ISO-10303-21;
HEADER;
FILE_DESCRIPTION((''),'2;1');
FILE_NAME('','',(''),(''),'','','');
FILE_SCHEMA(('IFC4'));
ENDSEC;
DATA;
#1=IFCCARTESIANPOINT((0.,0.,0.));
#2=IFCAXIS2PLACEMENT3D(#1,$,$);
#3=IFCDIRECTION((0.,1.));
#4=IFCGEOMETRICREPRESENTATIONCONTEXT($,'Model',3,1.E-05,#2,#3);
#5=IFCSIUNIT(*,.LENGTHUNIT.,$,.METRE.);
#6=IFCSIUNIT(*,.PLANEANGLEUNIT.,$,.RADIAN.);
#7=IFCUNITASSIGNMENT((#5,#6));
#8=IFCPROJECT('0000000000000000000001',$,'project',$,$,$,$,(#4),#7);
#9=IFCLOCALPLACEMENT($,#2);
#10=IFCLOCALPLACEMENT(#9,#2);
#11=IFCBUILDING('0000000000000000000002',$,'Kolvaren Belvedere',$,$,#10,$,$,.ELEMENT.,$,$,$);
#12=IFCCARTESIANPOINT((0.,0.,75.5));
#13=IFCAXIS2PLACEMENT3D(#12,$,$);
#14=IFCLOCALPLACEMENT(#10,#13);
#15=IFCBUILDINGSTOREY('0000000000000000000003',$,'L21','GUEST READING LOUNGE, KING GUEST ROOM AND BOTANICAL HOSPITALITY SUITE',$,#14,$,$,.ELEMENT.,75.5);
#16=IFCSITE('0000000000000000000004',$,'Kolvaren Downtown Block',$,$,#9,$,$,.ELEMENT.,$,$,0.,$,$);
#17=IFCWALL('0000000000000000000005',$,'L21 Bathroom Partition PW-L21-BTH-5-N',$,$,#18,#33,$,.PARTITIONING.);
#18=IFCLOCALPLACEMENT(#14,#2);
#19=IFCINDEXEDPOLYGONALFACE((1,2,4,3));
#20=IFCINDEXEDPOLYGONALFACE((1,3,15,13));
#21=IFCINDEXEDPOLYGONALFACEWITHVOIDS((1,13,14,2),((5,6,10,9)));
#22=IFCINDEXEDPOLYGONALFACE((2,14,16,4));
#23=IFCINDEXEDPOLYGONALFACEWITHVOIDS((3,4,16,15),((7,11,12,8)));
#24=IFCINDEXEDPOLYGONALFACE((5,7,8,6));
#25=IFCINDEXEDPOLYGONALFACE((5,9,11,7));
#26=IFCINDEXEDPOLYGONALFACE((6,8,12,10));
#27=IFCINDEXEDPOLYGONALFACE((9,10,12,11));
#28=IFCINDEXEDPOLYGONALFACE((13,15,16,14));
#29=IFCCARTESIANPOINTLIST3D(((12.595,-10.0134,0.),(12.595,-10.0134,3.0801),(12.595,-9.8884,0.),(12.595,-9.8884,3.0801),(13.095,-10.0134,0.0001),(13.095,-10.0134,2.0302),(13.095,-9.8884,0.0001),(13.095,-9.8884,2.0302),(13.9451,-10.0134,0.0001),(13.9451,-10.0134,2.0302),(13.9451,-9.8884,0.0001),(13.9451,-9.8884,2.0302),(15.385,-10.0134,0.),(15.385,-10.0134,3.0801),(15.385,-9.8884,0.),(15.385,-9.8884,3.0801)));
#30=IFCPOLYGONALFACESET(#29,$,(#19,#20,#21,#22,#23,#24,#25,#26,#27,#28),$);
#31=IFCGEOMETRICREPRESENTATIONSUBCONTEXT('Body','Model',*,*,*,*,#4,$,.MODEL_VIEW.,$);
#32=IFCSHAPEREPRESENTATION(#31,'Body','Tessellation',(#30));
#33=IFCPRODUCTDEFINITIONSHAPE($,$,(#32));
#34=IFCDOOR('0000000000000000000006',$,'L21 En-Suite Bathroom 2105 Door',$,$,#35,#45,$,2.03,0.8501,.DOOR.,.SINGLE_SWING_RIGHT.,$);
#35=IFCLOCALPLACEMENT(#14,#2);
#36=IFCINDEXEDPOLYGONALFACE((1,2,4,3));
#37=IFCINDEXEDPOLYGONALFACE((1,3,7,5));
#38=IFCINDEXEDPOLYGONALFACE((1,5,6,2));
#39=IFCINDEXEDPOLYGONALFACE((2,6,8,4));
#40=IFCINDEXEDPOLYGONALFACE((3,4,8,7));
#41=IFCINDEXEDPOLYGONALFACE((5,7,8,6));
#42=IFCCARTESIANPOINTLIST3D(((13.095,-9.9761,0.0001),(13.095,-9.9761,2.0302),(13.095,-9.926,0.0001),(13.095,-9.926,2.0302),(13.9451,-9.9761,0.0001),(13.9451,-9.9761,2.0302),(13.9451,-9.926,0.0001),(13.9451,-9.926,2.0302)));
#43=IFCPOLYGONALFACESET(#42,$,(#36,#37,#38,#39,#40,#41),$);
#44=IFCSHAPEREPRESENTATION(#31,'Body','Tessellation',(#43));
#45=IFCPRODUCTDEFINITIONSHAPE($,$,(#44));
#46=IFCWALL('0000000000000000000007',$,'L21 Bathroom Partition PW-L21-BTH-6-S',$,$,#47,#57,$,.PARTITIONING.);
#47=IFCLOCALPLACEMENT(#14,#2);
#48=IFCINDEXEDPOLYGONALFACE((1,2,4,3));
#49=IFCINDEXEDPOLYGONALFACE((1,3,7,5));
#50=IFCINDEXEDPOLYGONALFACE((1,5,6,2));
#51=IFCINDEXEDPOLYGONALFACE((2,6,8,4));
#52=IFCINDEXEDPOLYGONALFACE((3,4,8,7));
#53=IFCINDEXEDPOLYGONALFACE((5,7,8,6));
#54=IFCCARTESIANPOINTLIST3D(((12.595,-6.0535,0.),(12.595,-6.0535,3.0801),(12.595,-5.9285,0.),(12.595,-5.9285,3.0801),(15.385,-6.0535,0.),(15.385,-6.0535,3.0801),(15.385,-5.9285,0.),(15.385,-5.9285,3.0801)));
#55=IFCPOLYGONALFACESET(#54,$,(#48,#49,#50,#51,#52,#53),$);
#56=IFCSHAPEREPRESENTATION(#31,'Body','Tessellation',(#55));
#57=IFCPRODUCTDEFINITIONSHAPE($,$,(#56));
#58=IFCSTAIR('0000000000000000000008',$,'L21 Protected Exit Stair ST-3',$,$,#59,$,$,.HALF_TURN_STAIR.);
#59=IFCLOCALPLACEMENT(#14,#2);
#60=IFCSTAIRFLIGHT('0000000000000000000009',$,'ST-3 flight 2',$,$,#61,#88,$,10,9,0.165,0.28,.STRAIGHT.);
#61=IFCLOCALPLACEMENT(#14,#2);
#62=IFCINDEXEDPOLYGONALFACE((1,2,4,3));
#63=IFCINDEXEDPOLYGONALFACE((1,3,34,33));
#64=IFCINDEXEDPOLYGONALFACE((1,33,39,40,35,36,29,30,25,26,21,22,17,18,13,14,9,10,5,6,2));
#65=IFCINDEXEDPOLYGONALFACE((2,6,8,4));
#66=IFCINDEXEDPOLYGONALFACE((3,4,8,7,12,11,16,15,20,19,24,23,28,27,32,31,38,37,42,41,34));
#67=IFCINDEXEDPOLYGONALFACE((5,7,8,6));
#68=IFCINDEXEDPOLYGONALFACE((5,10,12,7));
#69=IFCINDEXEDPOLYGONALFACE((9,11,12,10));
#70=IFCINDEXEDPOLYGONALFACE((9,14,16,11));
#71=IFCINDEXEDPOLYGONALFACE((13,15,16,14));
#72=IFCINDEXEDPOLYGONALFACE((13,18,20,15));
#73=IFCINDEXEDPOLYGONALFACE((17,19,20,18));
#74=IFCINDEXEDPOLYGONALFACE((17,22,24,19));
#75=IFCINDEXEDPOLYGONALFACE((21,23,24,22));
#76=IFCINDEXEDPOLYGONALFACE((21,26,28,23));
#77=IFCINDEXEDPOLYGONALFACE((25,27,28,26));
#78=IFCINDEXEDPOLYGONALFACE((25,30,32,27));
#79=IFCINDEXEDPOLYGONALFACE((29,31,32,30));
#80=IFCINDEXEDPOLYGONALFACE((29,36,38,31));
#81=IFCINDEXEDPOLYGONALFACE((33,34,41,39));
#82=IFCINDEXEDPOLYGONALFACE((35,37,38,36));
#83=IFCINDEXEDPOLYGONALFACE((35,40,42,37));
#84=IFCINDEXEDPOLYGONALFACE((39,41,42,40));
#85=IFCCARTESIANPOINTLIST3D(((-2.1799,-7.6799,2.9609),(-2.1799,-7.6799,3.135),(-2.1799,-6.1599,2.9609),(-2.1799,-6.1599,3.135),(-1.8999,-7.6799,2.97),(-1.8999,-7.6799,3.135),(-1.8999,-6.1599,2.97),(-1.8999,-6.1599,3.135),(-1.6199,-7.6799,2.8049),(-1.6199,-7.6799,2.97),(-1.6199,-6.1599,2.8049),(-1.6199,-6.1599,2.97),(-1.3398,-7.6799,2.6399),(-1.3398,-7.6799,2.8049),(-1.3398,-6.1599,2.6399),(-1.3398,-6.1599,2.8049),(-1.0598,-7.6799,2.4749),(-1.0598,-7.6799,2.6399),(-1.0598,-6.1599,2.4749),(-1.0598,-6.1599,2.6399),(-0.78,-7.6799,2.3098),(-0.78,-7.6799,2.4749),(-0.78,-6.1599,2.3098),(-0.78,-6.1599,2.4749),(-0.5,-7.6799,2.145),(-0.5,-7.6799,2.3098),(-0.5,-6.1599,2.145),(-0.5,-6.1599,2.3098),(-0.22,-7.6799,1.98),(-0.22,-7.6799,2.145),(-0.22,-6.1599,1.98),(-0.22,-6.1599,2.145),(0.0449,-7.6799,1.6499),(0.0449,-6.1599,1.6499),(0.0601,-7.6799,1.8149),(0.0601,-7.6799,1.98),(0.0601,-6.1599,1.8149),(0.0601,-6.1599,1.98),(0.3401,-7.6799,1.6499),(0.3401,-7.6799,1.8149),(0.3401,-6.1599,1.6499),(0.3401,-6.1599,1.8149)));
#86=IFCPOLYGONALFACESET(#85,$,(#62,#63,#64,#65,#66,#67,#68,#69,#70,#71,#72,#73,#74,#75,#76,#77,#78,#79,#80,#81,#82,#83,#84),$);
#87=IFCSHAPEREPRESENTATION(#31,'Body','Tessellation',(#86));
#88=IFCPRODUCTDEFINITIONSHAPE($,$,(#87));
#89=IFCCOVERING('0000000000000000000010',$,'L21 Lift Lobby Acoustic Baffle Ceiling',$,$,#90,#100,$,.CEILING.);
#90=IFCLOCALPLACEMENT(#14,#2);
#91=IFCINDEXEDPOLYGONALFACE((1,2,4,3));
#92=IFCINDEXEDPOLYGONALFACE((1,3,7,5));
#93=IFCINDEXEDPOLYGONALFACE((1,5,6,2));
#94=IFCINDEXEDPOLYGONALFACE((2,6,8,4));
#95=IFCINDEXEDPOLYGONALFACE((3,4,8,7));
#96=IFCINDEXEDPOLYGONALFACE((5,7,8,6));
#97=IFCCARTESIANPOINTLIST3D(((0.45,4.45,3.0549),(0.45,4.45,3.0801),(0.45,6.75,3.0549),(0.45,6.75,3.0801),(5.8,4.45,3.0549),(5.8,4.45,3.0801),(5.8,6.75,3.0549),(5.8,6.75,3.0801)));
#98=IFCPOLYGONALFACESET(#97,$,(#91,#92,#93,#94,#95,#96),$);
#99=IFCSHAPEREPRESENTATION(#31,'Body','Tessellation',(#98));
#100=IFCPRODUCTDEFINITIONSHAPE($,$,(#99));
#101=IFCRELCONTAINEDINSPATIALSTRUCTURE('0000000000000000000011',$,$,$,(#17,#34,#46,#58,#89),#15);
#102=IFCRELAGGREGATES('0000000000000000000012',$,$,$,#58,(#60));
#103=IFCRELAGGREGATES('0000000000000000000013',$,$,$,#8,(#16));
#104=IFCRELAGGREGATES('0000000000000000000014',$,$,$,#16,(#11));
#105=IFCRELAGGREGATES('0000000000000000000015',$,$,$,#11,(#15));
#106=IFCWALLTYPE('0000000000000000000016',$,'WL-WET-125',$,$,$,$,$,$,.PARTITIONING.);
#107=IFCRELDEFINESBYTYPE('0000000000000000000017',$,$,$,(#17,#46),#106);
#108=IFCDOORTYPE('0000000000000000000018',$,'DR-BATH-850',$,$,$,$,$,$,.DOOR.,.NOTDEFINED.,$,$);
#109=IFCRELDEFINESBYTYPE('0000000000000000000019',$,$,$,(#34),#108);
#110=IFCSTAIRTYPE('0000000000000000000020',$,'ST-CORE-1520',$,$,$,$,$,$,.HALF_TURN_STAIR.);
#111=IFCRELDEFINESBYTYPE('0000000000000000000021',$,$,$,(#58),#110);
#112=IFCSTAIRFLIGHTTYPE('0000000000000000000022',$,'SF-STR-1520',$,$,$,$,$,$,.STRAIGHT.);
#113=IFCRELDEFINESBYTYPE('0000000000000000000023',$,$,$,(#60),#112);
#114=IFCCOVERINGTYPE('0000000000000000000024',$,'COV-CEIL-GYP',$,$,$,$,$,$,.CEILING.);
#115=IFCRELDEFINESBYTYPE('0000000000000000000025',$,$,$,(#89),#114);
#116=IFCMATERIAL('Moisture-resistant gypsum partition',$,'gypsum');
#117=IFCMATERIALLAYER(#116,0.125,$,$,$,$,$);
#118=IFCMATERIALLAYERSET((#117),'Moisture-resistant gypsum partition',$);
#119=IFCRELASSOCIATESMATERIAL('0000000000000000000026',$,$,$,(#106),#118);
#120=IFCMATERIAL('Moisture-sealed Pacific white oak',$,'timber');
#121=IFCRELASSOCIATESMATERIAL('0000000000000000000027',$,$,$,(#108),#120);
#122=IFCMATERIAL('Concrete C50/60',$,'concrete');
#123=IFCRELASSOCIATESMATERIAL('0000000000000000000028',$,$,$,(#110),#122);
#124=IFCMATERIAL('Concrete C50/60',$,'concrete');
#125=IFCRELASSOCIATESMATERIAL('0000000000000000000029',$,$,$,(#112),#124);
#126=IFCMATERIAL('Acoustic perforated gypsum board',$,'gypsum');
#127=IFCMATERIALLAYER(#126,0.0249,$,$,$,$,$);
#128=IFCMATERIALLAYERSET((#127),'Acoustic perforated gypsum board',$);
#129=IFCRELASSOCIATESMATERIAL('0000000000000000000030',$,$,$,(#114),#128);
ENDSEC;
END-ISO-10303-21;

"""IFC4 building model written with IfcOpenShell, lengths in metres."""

from ifc_helpers import new_model, si_unit, direction, frame, frame_2d, origin, place, context, subcontext, project, spatial, polyline, rectangle, outline, extrude, material, layer, layer_set, type_object, element, fill, aggregate, save


model = new_model("IFC4")

# Units and contexts
model_context = context("Model", 3, precision=1e-05, world=origin(), true_north=direction((0.0, 1.0)))
body_context = subcontext(model_context, "Body", "Model", "MODEL_VIEW")
ifc_project = project(units=[si_unit("LENGTHUNIT", "METRE"), si_unit("PLANEANGLEUNIT", "RADIAN")], contexts=[model_context])

# Site, building, storey
site_placement = place(None, origin())
site = spatial("IfcSite", under=ifc_project, at=site_placement, Name="Kolvaren Downtown Block", CompositionType="ELEMENT", RefElevation=0.0)
building_placement = place(site_placement, origin())
building = spatial("IfcBuilding", under=site, at=building_placement, Name="Kolvaren Belvedere", CompositionType="ELEMENT")
storey_placement = place(building_placement, frame((0.0, 0.0, 75.5)))
storey = spatial("IfcBuildingStorey", under=building, at=storey_placement, Name="L21", Description="GUEST READING LOUNGE, KING GUEST ROOM AND BOTANICAL HOSPITALITY SUITE", CompositionType="ELEMENT", Elevation=75.5)

# Wall, opening, door
ifc_material_1 = material(Name="Moisture-resistant gypsum partition", Category="gypsum")
ifc_layer_1 = layer(ifc_material_1, 0.125)
ifc_layer_set_1 = layer_set([ifc_layer_1], Name="Moisture-resistant gypsum partition")
wall_type_1 = type_object("IfcWallType", Name="WL-WET-125", PredefinedType="PARTITIONING", material=ifc_layer_set_1)
wall_1_placement = place(storey_placement, frame((12.595, -9.9509, 0.0), z_axis=(0.0, 0.0, 1.0), x_axis=(1.0, 0.0, 0.0)))
wall_1 = element("IfcWall", 1, at=wall_1_placement, inside=storey, type_object=wall_type_1, Name="L21 Bathroom Partition PW-L21-BTH-5-N", PredefinedType="PARTITIONING", context=body_context, shape_type="SweptSolid", body=[
    extrude(rectangle(XDim=2.79, YDim=0.125, at=frame_2d((1.395, 0.0))), origin(), (0.0, 0.0, 1.0), 3.0801),
])
opening_1_placement = place(wall_1_placement, frame((0.5, 0.0, 0.0)))
opening_1 = element("IfcOpeningElement", 2, at=opening_1_placement, cuts=wall_1, PredefinedType="OPENING", context=body_context, shape_type="SweptSolid", body=[
    extrude(rectangle(XDim=0.8501, YDim=2.03, at=frame_2d((0.425, 1.0151))), frame((0.0, 0.0725, 0.0), z_axis=(0.0, -1.0, 0.0), x_axis=(1.0, 0.0, 0.0)), (0.0, 0.0, 1.0), 0.145),
])
ifc_material_2 = material(Name="Moisture-sealed Pacific white oak", Category="timber")
door_type_1 = type_object("IfcDoorType", Name="DR-BATH-850", OperationType="NOTDEFINED", PredefinedType="DOOR", material=ifc_material_2)
door_1_placement = place(opening_1_placement, origin())
door_1 = element("IfcDoor", 3, at=door_1_placement, inside=storey, type_object=door_type_1, Name="L21 En-Suite Bathroom 2105 Door", OperationType="SINGLE_SWING_RIGHT", OverallHeight=2.03, OverallWidth=0.8501, PredefinedType="DOOR", context=body_context, shape_type="SweptSolid", body=[
    extrude(rectangle(XDim=0.8501, YDim=2.03, at=frame_2d((0.425, 1.0151))), frame((0.0, 0.0249, 0.0), z_axis=(0.0, -1.0, 0.0), x_axis=(1.0, 0.0, 0.0)), (0.0, 0.0, 1.0), 0.05),
])
fill(opening_1, door_1)

# Wall
wall_2_placement = place(storey_placement, frame((12.595, -5.991, 0.0), z_axis=(0.0, 0.0, 1.0), x_axis=(1.0, 0.0, 0.0)))
element("IfcWall", 4, at=wall_2_placement, inside=storey, type_object=wall_type_1, Name="L21 Bathroom Partition PW-L21-BTH-6-S", PredefinedType="PARTITIONING", context=body_context, shape_type="SweptSolid", body=[
    extrude(rectangle(XDim=2.79, YDim=0.125, at=frame_2d((1.395, 0.0))), origin(), (0.0, 0.0, 1.0), 3.0801),
])

# Stair, stair flight
ifc_material_3 = material(Name="Concrete C50/60", Category="concrete")
stair_type = type_object("IfcStairType", Name="ST-CORE-1520", PredefinedType="HALF_TURN_STAIR", material=ifc_material_3)
stair_placement = place(storey_placement, origin())
stair = element("IfcStair", 5, at=stair_placement, inside=storey, type_object=stair_type, Name="L21 Protected Exit Stair ST-3", PredefinedType="HALF_TURN_STAIR")
ifc_material_4 = material(Name="Concrete C50/60", Category="concrete")
stair_flight_type = type_object("IfcStairFlightType", Name="SF-STR-1520", PredefinedType="STRAIGHT", material=ifc_material_4)
stair_flight_placement = place(storey_placement, frame((0.3401, -6.9199, 1.6499), z_axis=(0.0, 0.0, 1.0), x_axis=(-1.0, 0.0, 0.0)))
stair_flight = element("IfcStairFlight", 6, at=stair_flight_placement, type_object=stair_flight_type, Name="ST-3 flight 2", NumberOfRisers=10, NumberOfTreads=9, PredefinedType="STRAIGHT", RiserHeight=0.165, TreadLength=0.28, context=body_context, shape_type="SweptSolid", body=[
    extrude(outline(polyline([(0.0, 0.0), (0.0, 0.165), (0.28, 0.165), (0.28, 0.3301), (0.5601, 0.3301), (0.5601, 0.4951), (0.8401, 0.4951), (0.8401, 0.6599), (1.1201, 0.6599), (1.1201, 0.825), (1.3999, 0.825), (1.3999, 0.99), (1.6799, 0.99), (1.6799, 1.155), (1.96, 1.155), (1.96, 1.3201), (2.24, 1.3201), (2.24, 1.4851), (2.52, 1.4851), (2.52, 1.6499), (2.52, 1.311), (0.2952, 0.0), (0.0, 0.0)])), frame((0.0, 0.76, 0.0), z_axis=(0.0, -1.0, 0.0), x_axis=(1.0, 0.0, 0.0)), (0.0, 0.0, 1.0), 1.52),
])
aggregate(stair, [stair_flight])

# Covering
ifc_material_5 = material(Name="Acoustic perforated gypsum board", Category="gypsum")
ifc_layer_2 = layer(ifc_material_5, 0.0249)
ifc_layer_set_2 = layer_set([ifc_layer_2], Name="Acoustic perforated gypsum board")
covering_type = type_object("IfcCoveringType", Name="COV-CEIL-GYP", PredefinedType="CEILING", material=ifc_layer_set_2)
covering_placement = place(storey_placement, frame((0.0, 0.0, 3.0549)))
element("IfcCovering", 7, at=covering_placement, inside=storey, type_object=covering_type, Name="L21 Lift Lobby Acoustic Baffle Ceiling", PredefinedType="CEILING", context=body_context, shape_type="SweptSolid", body=[
    extrude(outline(polyline([(0.45, 4.45), (5.8, 4.45), (5.8, 6.75), (0.45, 6.75), (0.45, 4.45)])), origin(), (0.0, 0.0, 1.0), 0.0251),
])

save(model, "model.ifc")
